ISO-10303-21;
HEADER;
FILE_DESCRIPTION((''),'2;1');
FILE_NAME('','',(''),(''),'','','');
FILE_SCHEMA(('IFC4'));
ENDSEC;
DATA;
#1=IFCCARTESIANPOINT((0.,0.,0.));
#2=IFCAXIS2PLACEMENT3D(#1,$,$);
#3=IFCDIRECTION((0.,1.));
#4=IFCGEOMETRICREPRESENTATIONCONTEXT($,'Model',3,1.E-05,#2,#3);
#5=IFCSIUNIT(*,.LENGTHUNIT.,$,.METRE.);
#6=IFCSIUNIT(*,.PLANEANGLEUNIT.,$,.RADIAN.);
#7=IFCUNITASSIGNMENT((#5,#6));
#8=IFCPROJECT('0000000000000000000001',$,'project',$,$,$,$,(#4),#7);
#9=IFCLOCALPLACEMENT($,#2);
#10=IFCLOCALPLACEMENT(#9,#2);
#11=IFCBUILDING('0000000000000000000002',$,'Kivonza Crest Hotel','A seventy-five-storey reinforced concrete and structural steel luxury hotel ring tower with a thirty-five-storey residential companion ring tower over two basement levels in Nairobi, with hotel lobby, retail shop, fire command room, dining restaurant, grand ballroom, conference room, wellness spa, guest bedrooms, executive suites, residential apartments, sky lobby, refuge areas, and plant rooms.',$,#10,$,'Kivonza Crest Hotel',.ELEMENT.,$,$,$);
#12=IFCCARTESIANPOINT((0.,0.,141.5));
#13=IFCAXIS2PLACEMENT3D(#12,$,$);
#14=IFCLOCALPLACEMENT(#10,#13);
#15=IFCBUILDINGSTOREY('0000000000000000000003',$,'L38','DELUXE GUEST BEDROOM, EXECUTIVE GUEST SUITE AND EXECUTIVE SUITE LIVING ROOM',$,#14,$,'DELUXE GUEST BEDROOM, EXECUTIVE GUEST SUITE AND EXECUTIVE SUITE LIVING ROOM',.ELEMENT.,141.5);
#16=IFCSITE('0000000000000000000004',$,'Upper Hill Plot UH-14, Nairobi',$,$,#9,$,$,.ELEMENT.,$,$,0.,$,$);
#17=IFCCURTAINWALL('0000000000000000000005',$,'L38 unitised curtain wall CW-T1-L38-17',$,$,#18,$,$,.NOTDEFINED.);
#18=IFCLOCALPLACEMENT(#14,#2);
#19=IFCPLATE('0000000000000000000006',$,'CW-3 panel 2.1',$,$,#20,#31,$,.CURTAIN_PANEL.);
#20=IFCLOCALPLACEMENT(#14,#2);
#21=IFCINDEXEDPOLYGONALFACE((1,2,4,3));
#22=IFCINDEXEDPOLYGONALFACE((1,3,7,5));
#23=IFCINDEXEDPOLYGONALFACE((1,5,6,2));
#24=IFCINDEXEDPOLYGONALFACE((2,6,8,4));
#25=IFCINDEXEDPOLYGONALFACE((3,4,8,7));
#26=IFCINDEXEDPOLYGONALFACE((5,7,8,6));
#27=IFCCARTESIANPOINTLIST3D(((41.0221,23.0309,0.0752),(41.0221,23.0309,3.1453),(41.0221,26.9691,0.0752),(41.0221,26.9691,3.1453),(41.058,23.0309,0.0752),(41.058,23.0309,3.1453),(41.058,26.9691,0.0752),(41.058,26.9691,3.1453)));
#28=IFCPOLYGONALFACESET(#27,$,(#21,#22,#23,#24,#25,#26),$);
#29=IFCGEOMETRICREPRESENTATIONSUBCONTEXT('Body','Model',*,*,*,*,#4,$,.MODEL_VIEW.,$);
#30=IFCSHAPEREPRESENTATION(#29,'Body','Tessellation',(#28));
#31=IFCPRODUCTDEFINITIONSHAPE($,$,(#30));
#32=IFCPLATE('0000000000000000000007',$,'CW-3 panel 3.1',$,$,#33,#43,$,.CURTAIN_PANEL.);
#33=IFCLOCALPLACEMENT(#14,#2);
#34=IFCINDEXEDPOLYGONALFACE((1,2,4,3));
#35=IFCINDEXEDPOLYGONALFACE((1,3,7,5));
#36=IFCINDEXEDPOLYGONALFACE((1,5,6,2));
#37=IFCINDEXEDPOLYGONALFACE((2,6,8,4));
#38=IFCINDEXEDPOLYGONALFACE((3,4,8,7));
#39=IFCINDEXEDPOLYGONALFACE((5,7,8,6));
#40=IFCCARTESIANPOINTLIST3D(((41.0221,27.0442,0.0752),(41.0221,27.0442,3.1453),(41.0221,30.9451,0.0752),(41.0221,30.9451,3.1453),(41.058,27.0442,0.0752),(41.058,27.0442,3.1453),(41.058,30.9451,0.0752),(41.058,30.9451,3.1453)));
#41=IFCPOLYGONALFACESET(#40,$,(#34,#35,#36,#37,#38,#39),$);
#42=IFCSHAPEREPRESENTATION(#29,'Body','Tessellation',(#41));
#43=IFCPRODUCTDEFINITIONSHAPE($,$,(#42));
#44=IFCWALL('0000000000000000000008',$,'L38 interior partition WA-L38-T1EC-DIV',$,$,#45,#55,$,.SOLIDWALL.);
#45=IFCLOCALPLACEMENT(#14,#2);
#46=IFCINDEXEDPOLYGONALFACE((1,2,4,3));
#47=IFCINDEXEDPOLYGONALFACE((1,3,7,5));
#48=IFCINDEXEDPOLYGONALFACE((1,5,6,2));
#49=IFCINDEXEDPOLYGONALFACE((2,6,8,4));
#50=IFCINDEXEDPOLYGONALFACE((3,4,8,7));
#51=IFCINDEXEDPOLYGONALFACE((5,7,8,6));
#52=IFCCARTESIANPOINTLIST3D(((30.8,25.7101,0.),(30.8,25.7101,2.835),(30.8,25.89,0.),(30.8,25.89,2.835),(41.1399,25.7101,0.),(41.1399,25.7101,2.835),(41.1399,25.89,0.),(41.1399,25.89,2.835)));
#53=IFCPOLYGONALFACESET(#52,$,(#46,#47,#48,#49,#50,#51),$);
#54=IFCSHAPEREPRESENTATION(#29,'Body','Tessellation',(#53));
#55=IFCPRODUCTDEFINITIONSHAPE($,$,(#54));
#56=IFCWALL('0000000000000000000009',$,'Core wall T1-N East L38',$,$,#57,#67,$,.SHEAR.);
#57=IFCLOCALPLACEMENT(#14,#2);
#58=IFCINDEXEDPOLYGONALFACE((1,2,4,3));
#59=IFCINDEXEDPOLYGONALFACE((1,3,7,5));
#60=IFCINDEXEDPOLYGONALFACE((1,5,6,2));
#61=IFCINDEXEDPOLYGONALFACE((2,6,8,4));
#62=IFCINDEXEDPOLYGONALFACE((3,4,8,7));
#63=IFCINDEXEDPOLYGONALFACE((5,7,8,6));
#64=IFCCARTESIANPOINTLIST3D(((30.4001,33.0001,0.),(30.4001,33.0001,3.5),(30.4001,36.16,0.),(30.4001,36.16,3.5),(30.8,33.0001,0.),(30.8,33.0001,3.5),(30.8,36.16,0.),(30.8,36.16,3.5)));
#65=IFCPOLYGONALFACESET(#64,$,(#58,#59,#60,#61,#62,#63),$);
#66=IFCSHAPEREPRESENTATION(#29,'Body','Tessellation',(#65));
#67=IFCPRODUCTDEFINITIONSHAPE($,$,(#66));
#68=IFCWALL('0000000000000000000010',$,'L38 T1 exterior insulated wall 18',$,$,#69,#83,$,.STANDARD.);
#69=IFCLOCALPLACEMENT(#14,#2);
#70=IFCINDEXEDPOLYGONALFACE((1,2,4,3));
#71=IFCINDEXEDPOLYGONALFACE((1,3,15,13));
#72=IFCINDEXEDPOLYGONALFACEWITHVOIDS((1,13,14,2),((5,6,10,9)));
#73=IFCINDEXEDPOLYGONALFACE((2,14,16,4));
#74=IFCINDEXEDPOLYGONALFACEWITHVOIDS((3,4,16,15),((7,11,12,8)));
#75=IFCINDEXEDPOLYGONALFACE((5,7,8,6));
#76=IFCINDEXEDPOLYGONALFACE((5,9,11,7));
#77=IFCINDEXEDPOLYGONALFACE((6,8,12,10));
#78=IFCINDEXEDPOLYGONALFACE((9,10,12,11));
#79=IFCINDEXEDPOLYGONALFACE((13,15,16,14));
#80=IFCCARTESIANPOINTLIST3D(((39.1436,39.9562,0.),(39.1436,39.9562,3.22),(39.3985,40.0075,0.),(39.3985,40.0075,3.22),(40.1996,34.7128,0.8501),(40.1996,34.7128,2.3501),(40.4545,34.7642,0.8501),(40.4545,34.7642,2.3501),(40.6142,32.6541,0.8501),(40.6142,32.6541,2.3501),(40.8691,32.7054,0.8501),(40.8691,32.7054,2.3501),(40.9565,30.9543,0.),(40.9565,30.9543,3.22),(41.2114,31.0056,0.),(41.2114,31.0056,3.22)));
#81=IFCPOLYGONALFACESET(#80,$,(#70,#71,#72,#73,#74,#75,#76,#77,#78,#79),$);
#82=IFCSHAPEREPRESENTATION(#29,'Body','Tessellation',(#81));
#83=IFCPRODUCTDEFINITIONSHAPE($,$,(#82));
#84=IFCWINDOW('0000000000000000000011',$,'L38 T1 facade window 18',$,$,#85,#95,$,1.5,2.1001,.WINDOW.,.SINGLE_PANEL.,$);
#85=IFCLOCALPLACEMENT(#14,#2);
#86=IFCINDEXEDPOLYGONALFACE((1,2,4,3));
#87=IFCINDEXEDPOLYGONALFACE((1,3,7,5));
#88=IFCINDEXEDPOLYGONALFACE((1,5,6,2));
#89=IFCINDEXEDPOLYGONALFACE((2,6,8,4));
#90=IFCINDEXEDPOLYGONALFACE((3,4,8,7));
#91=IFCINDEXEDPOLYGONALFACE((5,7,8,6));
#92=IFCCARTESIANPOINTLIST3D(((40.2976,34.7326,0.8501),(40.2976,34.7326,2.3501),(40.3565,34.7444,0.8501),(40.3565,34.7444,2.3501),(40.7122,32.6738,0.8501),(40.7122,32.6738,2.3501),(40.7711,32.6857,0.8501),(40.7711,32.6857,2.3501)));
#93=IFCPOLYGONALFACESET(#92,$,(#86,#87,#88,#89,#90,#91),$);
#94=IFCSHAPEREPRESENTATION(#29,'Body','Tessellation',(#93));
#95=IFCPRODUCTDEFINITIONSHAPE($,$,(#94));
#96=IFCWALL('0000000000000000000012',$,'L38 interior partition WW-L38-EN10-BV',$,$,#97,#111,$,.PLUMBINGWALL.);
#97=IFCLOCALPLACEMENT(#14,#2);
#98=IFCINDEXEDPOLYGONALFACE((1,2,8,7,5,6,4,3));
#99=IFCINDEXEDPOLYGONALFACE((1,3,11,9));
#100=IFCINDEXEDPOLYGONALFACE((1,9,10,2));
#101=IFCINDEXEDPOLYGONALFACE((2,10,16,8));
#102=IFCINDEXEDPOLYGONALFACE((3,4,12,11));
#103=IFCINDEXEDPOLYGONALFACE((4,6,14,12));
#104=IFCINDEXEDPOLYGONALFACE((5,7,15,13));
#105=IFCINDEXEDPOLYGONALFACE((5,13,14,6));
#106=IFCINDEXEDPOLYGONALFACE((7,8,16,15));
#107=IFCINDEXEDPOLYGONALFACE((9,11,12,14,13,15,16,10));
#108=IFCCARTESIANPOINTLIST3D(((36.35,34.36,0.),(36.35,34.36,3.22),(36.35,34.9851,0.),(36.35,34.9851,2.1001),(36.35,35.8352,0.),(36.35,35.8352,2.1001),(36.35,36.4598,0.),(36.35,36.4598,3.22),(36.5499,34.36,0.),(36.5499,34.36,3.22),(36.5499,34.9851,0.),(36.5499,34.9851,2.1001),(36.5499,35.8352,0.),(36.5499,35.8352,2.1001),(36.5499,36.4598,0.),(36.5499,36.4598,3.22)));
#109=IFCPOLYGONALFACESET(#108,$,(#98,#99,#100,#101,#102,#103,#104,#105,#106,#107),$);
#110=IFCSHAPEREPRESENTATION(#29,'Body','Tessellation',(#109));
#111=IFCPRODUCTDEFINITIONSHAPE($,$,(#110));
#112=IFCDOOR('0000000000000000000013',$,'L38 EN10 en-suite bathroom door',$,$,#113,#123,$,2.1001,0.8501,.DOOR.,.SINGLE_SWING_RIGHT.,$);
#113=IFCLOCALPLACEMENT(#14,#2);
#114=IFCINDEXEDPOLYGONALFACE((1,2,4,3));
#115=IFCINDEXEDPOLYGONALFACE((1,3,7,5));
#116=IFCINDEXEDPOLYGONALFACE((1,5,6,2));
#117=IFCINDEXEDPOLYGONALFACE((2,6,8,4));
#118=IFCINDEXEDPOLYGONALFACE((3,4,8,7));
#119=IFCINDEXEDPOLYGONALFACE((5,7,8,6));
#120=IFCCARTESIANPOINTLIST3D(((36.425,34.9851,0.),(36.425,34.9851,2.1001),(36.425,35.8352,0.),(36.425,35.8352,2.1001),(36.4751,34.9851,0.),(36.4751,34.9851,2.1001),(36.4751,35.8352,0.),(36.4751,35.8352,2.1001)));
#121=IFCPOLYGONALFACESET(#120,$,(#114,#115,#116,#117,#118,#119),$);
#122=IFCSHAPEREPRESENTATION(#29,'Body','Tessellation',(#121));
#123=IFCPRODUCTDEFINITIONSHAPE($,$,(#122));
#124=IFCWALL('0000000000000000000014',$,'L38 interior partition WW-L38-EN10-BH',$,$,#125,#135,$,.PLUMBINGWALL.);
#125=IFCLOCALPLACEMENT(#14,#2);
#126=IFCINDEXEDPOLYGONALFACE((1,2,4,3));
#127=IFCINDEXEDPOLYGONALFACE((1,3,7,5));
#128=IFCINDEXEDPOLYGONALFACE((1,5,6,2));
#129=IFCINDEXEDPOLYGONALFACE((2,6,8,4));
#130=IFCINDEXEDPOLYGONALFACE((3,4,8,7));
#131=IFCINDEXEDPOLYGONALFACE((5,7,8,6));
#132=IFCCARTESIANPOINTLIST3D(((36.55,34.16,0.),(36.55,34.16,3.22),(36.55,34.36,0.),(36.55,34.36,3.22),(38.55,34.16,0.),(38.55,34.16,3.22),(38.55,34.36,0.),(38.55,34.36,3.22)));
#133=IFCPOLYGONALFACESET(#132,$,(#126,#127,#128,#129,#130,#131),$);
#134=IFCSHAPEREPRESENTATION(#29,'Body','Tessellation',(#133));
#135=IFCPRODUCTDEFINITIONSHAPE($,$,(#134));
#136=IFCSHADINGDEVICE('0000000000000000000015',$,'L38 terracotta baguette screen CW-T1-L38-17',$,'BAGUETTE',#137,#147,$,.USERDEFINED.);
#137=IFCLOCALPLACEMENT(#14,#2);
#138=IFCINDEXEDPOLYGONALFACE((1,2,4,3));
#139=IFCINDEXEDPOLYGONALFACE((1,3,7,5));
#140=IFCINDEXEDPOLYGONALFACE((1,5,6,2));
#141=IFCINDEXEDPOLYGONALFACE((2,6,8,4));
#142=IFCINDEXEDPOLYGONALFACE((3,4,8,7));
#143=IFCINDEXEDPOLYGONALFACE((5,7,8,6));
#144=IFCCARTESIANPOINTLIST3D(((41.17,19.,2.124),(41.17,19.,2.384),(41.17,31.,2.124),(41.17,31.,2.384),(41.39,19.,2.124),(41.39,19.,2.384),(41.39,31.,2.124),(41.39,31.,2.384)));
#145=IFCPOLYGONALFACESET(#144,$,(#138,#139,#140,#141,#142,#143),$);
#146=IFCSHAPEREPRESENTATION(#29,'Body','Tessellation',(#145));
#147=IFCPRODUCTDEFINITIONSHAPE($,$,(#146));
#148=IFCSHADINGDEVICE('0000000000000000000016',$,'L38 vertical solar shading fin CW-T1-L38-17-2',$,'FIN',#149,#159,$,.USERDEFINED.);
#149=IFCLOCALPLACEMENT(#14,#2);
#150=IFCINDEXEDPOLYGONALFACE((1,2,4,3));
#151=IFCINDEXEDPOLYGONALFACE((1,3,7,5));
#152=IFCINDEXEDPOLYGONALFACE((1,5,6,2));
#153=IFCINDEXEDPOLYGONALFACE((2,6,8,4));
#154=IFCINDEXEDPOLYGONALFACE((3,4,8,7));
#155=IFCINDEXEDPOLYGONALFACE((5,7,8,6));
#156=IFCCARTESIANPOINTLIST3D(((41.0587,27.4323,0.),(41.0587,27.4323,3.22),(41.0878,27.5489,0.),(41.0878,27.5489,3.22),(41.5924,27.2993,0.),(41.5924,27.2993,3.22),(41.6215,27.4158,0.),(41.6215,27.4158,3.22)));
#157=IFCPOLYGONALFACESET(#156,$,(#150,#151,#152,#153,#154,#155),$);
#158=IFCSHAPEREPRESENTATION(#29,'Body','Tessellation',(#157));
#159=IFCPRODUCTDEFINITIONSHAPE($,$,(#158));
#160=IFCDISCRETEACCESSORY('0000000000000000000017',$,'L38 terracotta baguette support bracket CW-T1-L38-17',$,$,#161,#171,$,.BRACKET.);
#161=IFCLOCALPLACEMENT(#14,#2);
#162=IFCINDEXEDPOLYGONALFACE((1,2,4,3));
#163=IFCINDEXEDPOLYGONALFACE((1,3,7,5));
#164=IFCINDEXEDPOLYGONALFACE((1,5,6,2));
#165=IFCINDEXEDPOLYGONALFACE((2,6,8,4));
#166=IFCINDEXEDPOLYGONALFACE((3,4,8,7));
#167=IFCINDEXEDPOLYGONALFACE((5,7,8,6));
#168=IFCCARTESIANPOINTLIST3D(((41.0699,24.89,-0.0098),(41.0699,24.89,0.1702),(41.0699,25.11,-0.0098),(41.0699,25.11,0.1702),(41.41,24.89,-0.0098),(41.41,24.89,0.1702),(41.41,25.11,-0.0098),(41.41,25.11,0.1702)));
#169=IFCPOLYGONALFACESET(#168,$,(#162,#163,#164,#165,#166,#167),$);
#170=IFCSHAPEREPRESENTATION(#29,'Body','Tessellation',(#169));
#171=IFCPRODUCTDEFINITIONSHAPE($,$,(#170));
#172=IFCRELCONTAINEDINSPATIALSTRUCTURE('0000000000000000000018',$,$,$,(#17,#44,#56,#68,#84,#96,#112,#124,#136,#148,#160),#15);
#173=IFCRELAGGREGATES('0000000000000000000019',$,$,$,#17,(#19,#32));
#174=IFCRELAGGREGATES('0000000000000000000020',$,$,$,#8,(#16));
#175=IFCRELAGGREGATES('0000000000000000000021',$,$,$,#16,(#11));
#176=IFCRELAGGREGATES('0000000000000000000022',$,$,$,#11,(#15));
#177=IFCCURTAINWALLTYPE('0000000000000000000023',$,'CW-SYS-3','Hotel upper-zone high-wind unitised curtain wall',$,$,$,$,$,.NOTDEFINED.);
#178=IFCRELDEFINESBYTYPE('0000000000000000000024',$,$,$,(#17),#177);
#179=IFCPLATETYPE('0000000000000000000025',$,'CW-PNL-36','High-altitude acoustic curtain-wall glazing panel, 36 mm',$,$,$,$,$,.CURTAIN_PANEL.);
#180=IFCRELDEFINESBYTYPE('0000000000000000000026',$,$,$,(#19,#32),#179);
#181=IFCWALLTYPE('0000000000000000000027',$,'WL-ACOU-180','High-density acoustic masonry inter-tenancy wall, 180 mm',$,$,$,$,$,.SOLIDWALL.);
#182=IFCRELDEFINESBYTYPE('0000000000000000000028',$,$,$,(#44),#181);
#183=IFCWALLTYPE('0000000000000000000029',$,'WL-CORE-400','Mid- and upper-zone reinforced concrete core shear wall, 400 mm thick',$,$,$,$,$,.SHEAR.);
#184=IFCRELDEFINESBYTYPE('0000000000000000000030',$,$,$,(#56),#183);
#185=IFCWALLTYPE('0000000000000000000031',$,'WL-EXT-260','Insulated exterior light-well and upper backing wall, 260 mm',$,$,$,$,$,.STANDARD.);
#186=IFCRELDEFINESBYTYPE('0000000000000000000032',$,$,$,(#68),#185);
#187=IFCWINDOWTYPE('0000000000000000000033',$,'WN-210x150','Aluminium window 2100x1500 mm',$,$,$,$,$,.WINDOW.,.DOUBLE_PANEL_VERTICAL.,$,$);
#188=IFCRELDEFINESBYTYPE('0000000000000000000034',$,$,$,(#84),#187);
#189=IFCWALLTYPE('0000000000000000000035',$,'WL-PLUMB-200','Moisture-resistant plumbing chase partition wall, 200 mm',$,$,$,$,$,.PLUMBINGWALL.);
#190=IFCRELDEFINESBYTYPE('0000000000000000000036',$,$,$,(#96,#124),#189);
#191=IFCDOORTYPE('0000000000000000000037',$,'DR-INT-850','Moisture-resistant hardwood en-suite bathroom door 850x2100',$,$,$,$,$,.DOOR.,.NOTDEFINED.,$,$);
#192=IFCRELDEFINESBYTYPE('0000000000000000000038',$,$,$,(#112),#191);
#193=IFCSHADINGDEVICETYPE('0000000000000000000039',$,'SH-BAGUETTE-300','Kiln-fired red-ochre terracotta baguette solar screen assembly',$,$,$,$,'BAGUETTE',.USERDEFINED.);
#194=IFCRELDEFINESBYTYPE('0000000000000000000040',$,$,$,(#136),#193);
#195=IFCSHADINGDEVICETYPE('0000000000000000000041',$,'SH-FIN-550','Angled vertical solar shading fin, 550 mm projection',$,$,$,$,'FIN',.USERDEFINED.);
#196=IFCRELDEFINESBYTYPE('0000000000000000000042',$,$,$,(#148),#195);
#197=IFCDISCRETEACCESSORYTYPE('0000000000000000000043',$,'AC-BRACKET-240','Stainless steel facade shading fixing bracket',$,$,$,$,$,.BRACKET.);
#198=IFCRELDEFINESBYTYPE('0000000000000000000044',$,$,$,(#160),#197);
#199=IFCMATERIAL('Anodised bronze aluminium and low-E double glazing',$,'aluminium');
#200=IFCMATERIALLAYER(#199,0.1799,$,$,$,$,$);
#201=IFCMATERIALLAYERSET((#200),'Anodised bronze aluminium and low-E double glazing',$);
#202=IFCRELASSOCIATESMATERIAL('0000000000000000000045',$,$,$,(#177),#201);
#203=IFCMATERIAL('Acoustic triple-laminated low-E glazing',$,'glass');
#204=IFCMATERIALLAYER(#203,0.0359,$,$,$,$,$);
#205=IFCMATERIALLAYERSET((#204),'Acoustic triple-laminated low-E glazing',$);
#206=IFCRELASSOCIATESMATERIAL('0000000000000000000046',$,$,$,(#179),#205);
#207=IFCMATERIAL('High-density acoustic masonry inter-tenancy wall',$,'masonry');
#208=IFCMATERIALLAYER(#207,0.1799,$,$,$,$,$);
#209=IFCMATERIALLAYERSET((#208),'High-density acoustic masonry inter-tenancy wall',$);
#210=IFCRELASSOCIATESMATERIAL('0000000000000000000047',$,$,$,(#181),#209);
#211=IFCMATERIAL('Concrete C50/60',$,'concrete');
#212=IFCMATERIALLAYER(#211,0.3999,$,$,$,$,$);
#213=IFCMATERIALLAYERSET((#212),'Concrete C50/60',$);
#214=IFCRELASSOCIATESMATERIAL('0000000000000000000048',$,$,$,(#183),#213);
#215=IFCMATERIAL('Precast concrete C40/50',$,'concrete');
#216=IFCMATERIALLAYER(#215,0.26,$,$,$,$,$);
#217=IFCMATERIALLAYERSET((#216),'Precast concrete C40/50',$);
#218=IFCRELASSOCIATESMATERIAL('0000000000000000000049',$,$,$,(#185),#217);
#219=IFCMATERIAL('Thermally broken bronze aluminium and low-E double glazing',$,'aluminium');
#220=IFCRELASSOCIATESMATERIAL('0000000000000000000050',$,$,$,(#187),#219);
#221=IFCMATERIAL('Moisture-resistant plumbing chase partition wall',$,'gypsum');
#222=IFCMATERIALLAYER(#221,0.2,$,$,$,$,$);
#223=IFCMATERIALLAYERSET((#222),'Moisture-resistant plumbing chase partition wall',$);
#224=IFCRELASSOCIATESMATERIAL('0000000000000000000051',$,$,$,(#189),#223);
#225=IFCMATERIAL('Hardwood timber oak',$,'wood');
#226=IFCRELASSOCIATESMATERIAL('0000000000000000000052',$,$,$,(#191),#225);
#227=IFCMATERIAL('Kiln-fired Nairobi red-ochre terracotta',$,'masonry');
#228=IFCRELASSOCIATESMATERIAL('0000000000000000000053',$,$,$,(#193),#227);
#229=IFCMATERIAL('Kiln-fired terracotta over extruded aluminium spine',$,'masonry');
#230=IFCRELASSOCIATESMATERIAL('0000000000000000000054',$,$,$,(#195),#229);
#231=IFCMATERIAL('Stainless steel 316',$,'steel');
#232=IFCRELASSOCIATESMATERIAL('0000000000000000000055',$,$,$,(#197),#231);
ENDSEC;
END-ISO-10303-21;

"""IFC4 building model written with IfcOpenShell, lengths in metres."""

from ifc_helpers import new_model, si_unit, direction, frame, frame_2d, origin, origin_2d, place, context, subcontext, project, spatial, rectangle, extrude, material, layer, layer_set, type_object, element, fill, aggregate, save


model = new_model("IFC4")

# Units and contexts
model_context = context("Model", 3, precision=1e-05, world=origin(), true_north=direction((0.0, 1.0)))
body_context = subcontext(model_context, "Body", "Model", "MODEL_VIEW")
ifc_project = project(units=[si_unit("LENGTHUNIT", "METRE"), si_unit("PLANEANGLEUNIT", "RADIAN")], contexts=[model_context])

# Site, building, storey
site_placement = place(None, origin())
site = spatial("IfcSite", under=ifc_project, at=site_placement, Name="Upper Hill Plot UH-14, Nairobi", CompositionType="ELEMENT", RefElevation=0.0)
building_placement = place(site_placement, origin())
building = spatial("IfcBuilding", under=site, at=building_placement, Name="Kivonza Crest Hotel", Description="A seventy-five-storey reinforced concrete and structural steel luxury hotel ring tower with a thirty-five-storey residential companion ring tower over two basement levels in Nairobi, with hotel lobby, retail shop, fire command room, dining restaurant, grand ballroom, conference room, wellness spa, guest bedrooms, executive suites, residential apartments, sky lobby, refuge areas, and plant rooms.", LongName="Kivonza Crest Hotel", CompositionType="ELEMENT")
storey_placement = place(building_placement, frame((0.0, 0.0, 141.5)))
storey = spatial("IfcBuildingStorey", under=building, at=storey_placement, Name="L38", Description="DELUXE GUEST BEDROOM, EXECUTIVE GUEST SUITE AND EXECUTIVE SUITE LIVING ROOM", LongName="DELUXE GUEST BEDROOM, EXECUTIVE GUEST SUITE AND EXECUTIVE SUITE LIVING ROOM", CompositionType="ELEMENT", Elevation=141.5)

# Shared definitions
ifc_material_1 = material(Name="Concrete C50/60", Category="concrete")

# Curtain wall, plates
ifc_material_2 = material(Name="Anodised bronze aluminium and low-E double glazing", Category="aluminium")
ifc_layer_1 = layer(ifc_material_2, 0.1799)
ifc_layer_set_1 = layer_set([ifc_layer_1], Name="Anodised bronze aluminium and low-E double glazing")
curtain_wall_type = type_object("IfcCurtainWallType", Name="CW-SYS-3", Description="Hotel upper-zone high-wind unitised curtain wall", PredefinedType="NOTDEFINED", material=ifc_layer_set_1)
curtain_wall_placement = place(storey_placement, origin())
curtain_wall = element("IfcCurtainWall", 1, at=curtain_wall_placement, inside=storey, type_object=curtain_wall_type, Name="L38 unitised curtain wall CW-T1-L38-17", PredefinedType="NOTDEFINED")
ifc_material_3 = material(Name="Acoustic triple-laminated low-E glazing", Category="glass")
ifc_layer_2 = layer(ifc_material_3, 0.0359)
ifc_layer_set_2 = layer_set([ifc_layer_2], Name="Acoustic triple-laminated low-E glazing")
plate_type = type_object("IfcPlateType", Name="CW-PNL-36", Description="High-altitude acoustic curtain-wall glazing panel, 36 mm", PredefinedType="CURTAIN_PANEL", material=ifc_layer_set_2)
plate_1_placement = place(storey_placement, frame((41.04, 25.0, 0.0752), z_axis=(0.0, 0.0, 1.0), x_axis=(0.0, 1.0, 0.0)))
plate_1 = element("IfcPlate", 2, at=plate_1_placement, type_object=plate_type, Name="CW-3 panel 2.1", PredefinedType="CURTAIN_PANEL", context=body_context, shape_type="SweptSolid", body=[
    extrude(rectangle(XDim=3.9382, YDim=0.0359, at=origin_2d()), origin(), (0.0, 0.0, 1.0), 3.0701),
])
plate_2_placement = place(storey_placement, frame((41.04, 28.9946, 0.0752), z_axis=(0.0, 0.0, 1.0), x_axis=(0.0, 1.0, 0.0)))
plate_2 = element("IfcPlate", 3, at=plate_2_placement, type_object=plate_type, Name="CW-3 panel 3.1", PredefinedType="CURTAIN_PANEL", context=body_context, shape_type="SweptSolid", body=[
    extrude(rectangle(XDim=3.9009, YDim=0.0359, at=origin_2d()), origin(), (0.0, 0.0, 1.0), 3.0701),
])
aggregate(curtain_wall, [plate_1, plate_2])

# Walls
ifc_material_4 = material(Name="High-density acoustic masonry inter-tenancy wall", Category="masonry")
ifc_layer_3 = layer(ifc_material_4, 0.1799)
ifc_layer_set_3 = layer_set([ifc_layer_3], Name="High-density acoustic masonry inter-tenancy wall")
wall_type_1 = type_object("IfcWallType", Name="WL-ACOU-180", Description="High-density acoustic masonry inter-tenancy wall, 180 mm", PredefinedType="SOLIDWALL", material=ifc_layer_set_3)
wall_1_placement = place(storey_placement, frame((30.8, 25.8, 0.0), z_axis=(0.0, 0.0, 1.0), x_axis=(1.0, 0.0, 0.0)))
element("IfcWall", 4, at=wall_1_placement, inside=storey, type_object=wall_type_1, Name="L38 interior partition WA-L38-T1EC-DIV", PredefinedType="SOLIDWALL", context=body_context, shape_type="SweptSolid", body=[
    extrude(rectangle(XDim=10.3398, YDim=0.1799, at=frame_2d((5.1699, 0.0))), origin(), (0.0, 0.0, 1.0), 2.835),
])
ifc_layer_4 = layer(ifc_material_1, 0.3999)
ifc_layer_set_4 = layer_set([ifc_layer_4], Name="Concrete C50/60")
wall_type_2 = type_object("IfcWallType", Name="WL-CORE-400", Description="Mid- and upper-zone reinforced concrete core shear wall, 400 mm thick", PredefinedType="SHEAR", material=ifc_layer_set_4)
wall_2_placement = place(storey_placement, frame((30.6001, 33.0, 0.0), z_axis=(0.0, 0.0, 1.0), x_axis=(0.0, 1.0, 0.0)))
element("IfcWall", 5, at=wall_2_placement, inside=storey, type_object=wall_type_2, Name="Core wall T1-N East L38", PredefinedType="SHEAR", context=body_context, shape_type="SweptSolid", body=[
    extrude(rectangle(XDim=3.1599, YDim=0.3999, at=frame_2d((1.5801, 0.0))), origin(), (0.0, 0.0, 1.0), 3.5),
])

# Wall, opening, window
ifc_material_5 = material(Name="Precast concrete C40/50", Category="concrete")
ifc_layer_5 = layer(ifc_material_5, 0.26)
ifc_layer_set_5 = layer_set([ifc_layer_5], Name="Precast concrete C40/50")
wall_type_3 = type_object("IfcWallType", Name="WL-EXT-260", Description="Insulated exterior light-well and upper backing wall, 260 mm", PredefinedType="STANDARD", material=ifc_layer_set_5)
wall_3_placement = place(storey_placement, frame((41.084, 30.98, 0.0), z_axis=(0.0, 0.0, 1.0), x_axis=(-0.197435, 0.980316, 0.0)))
wall_3 = element("IfcWall", 6, at=wall_3_placement, inside=storey, type_object=wall_type_3, Name="L38 T1 exterior insulated wall 18", PredefinedType="STANDARD", context=body_context, shape_type="SweptSolid", body=[
    extrude(rectangle(XDim=9.1826, YDim=0.26, at=frame_2d((4.5913, 0.0))), origin(), (0.0, 0.0, 1.0), 3.22),
])
opening_1_placement = place(wall_3_placement, frame((1.7339, 0.0, 0.8501)))
opening_1 = element("IfcOpeningElement", 7, at=opening_1_placement, cuts=wall_3, PredefinedType="OPENING", context=body_context, shape_type="SweptSolid", body=[
    extrude(rectangle(XDim=2.1001, YDim=1.5, at=frame_2d((1.05, 0.75))), frame((0.0, 0.1401, 0.0), z_axis=(0.0, -1.0, 0.0), x_axis=(1.0, 0.0, 0.0)), (0.0, 0.0, 1.0), 0.28),
])
ifc_material_6 = material(Name="Thermally broken bronze aluminium and low-E double glazing", Category="aluminium")
window_type = type_object("IfcWindowType", Name="WN-210x150", Description="Aluminium window 2100x1500 mm", PartitioningType="DOUBLE_PANEL_VERTICAL", PredefinedType="WINDOW", material=ifc_material_6)
window_placement = place(opening_1_placement, origin())
window = element("IfcWindow", 8, at=window_placement, inside=storey, type_object=window_type, Name="L38 T1 facade window 18", OverallHeight=1.5, OverallWidth=2.1001, PartitioningType="SINGLE_PANEL", PredefinedType="WINDOW", context=body_context, shape_type="SweptSolid", body=[
    extrude(rectangle(XDim=2.1001, YDim=1.5, at=frame_2d((1.05, 0.75))), frame((0.0, 0.03, 0.0), z_axis=(0.0, -1.0, 0.0), x_axis=(1.0, 0.0, 0.0)), (0.0, 0.0, 1.0), 0.0601),
])
fill(opening_1, window)

# Wall, opening, door
ifc_material_7 = material(Name="Moisture-resistant plumbing chase partition wall", Category="gypsum")
ifc_layer_6 = layer(ifc_material_7, 0.2)
ifc_layer_set_6 = layer_set([ifc_layer_6], Name="Moisture-resistant plumbing chase partition wall")
wall_type_4 = type_object("IfcWallType", Name="WL-PLUMB-200", Description="Moisture-resistant plumbing chase partition wall, 200 mm", PredefinedType="PLUMBINGWALL", material=ifc_layer_set_6)
wall_4_placement = place(storey_placement, frame((36.45, 34.3601, 0.0), z_axis=(0.0, 0.0, 1.0), x_axis=(0.0, 1.0, 0.0)))
wall_4 = element("IfcWall", 9, at=wall_4_placement, inside=storey, type_object=wall_type_4, Name="L38 interior partition WW-L38-EN10-BV", PredefinedType="PLUMBINGWALL", context=body_context, shape_type="SweptSolid", body=[
    extrude(rectangle(XDim=2.0999, YDim=0.2, at=frame_2d((1.0498, 0.0))), origin(), (0.0, 0.0, 1.0), 3.22),
])
opening_2_placement = place(wall_4_placement, frame((0.625, 0.0, 0.0)))
opening_2 = element("IfcOpeningElement", 10, at=opening_2_placement, cuts=wall_4, PredefinedType="OPENING", context=body_context, shape_type="SweptSolid", body=[
    extrude(rectangle(XDim=0.8501, YDim=2.1001, at=frame_2d((0.425, 1.05))), frame((0.0, 0.1099, 0.0), z_axis=(0.0, -1.0, 0.0), x_axis=(1.0, 0.0, 0.0)), (0.0, 0.0, 1.0), 0.22),
])
ifc_material_8 = material(Name="Hardwood timber oak", Category="wood")
door_type = type_object("IfcDoorType", Name="DR-INT-850", Description="Moisture-resistant hardwood en-suite bathroom door 850x2100", OperationType="NOTDEFINED", PredefinedType="DOOR", material=ifc_material_8)
door_placement = place(opening_2_placement, origin())
door = element("IfcDoor", 11, at=door_placement, inside=storey, type_object=door_type, Name="L38 EN10 en-suite bathroom door", OperationType="SINGLE_SWING_RIGHT", OverallHeight=2.1001, OverallWidth=0.8501, PredefinedType="DOOR", context=body_context, shape_type="SweptSolid", body=[
    extrude(rectangle(XDim=0.8501, YDim=2.1001, at=frame_2d((0.425, 1.05))), frame((0.0, 0.0249, 0.0), z_axis=(0.0, -1.0, 0.0), x_axis=(1.0, 0.0, 0.0)), (0.0, 0.0, 1.0), 0.05),
])
fill(opening_2, door)

# Wall
wall_5_placement = place(storey_placement, frame((36.55, 34.26, 0.0), z_axis=(0.0, 0.0, 1.0), x_axis=(1.0, 0.0, 0.0)))
element("IfcWall", 12, at=wall_5_placement, inside=storey, type_object=wall_type_4, Name="L38 interior partition WW-L38-EN10-BH", PredefinedType="PLUMBINGWALL", context=body_context, shape_type="SweptSolid", body=[
    extrude(rectangle(XDim=2.0, YDim=0.2, at=frame_2d((1.0, 0.0))), origin(), (0.0, 0.0, 1.0), 3.22),
])

# Shading devices
ifc_material_9 = material(Name="Kiln-fired Nairobi red-ochre terracotta", Category="masonry")
shading_device_type_1 = type_object("IfcShadingDeviceType", Name="SH-BAGUETTE-300", Description="Kiln-fired red-ochre terracotta baguette solar screen assembly", ElementType="BAGUETTE", PredefinedType="USERDEFINED", material=ifc_material_9)
shading_device_1_placement = place(storey_placement, frame((41.28, 25.0, 2.124), z_axis=(0.0, 0.0, 1.0), x_axis=(0.0, 1.0, 0.0)))
element("IfcShadingDevice", 13, at=shading_device_1_placement, inside=storey, type_object=shading_device_type_1, Name="L38 terracotta baguette screen CW-T1-L38-17", ObjectType="BAGUETTE", PredefinedType="USERDEFINED", context=body_context, shape_type="SweptSolid", body=[
    extrude(rectangle(XDim=12.0, YDim=0.22, at=origin_2d()), origin(), (0.0, 0.0, 1.0), 0.26),
])
ifc_material_10 = material(Name="Kiln-fired terracotta over extruded aluminium spine", Category="masonry")
shading_device_type_2 = type_object("IfcShadingDeviceType", Name="SH-FIN-550", Description="Angled vertical solar shading fin, 550 mm projection", ElementType="FIN", PredefinedType="USERDEFINED", material=ifc_material_10)
shading_device_2_placement = place(storey_placement, frame((41.3401, 27.4241, 0.0), z_axis=(0.0, 0.0, 1.0), x_axis=(0.241922, 0.970296, 0.0)))
element("IfcShadingDevice", 14, at=shading_device_2_placement, inside=storey, type_object=shading_device_type_2, Name="L38 vertical solar shading fin CW-T1-L38-17-2", ObjectType="FIN", PredefinedType="USERDEFINED", context=body_context, shape_type="SweptSolid", body=[
    extrude(rectangle(XDim=0.1201, YDim=0.55, at=origin_2d()), origin(), (0.0, 0.0, 1.0), 3.22),
])

# Discrete accessory
ifc_material_11 = material(Name="Stainless steel 316", Category="steel")
discrete_accessory_type = type_object("IfcDiscreteAccessoryType", Name="AC-BRACKET-240", Description="Stainless steel facade shading fixing bracket", PredefinedType="BRACKET", material=ifc_material_11)
discrete_accessory_placement = place(storey_placement, frame((41.24, 25.0, -0.0098), z_axis=(0.0, 0.0, 1.0), x_axis=(0.0, 1.0, 0.0)))
element("IfcDiscreteAccessory", 15, at=discrete_accessory_placement, inside=storey, type_object=discrete_accessory_type, Name="L38 terracotta baguette support bracket CW-T1-L38-17", PredefinedType="BRACKET", context=body_context, shape_type="SweptSolid", body=[
    extrude(rectangle(XDim=0.22, YDim=0.3401, at=origin_2d()), origin(), (0.0, 0.0, 1.0), 0.1799),
])

save(model, "model.ifc")
